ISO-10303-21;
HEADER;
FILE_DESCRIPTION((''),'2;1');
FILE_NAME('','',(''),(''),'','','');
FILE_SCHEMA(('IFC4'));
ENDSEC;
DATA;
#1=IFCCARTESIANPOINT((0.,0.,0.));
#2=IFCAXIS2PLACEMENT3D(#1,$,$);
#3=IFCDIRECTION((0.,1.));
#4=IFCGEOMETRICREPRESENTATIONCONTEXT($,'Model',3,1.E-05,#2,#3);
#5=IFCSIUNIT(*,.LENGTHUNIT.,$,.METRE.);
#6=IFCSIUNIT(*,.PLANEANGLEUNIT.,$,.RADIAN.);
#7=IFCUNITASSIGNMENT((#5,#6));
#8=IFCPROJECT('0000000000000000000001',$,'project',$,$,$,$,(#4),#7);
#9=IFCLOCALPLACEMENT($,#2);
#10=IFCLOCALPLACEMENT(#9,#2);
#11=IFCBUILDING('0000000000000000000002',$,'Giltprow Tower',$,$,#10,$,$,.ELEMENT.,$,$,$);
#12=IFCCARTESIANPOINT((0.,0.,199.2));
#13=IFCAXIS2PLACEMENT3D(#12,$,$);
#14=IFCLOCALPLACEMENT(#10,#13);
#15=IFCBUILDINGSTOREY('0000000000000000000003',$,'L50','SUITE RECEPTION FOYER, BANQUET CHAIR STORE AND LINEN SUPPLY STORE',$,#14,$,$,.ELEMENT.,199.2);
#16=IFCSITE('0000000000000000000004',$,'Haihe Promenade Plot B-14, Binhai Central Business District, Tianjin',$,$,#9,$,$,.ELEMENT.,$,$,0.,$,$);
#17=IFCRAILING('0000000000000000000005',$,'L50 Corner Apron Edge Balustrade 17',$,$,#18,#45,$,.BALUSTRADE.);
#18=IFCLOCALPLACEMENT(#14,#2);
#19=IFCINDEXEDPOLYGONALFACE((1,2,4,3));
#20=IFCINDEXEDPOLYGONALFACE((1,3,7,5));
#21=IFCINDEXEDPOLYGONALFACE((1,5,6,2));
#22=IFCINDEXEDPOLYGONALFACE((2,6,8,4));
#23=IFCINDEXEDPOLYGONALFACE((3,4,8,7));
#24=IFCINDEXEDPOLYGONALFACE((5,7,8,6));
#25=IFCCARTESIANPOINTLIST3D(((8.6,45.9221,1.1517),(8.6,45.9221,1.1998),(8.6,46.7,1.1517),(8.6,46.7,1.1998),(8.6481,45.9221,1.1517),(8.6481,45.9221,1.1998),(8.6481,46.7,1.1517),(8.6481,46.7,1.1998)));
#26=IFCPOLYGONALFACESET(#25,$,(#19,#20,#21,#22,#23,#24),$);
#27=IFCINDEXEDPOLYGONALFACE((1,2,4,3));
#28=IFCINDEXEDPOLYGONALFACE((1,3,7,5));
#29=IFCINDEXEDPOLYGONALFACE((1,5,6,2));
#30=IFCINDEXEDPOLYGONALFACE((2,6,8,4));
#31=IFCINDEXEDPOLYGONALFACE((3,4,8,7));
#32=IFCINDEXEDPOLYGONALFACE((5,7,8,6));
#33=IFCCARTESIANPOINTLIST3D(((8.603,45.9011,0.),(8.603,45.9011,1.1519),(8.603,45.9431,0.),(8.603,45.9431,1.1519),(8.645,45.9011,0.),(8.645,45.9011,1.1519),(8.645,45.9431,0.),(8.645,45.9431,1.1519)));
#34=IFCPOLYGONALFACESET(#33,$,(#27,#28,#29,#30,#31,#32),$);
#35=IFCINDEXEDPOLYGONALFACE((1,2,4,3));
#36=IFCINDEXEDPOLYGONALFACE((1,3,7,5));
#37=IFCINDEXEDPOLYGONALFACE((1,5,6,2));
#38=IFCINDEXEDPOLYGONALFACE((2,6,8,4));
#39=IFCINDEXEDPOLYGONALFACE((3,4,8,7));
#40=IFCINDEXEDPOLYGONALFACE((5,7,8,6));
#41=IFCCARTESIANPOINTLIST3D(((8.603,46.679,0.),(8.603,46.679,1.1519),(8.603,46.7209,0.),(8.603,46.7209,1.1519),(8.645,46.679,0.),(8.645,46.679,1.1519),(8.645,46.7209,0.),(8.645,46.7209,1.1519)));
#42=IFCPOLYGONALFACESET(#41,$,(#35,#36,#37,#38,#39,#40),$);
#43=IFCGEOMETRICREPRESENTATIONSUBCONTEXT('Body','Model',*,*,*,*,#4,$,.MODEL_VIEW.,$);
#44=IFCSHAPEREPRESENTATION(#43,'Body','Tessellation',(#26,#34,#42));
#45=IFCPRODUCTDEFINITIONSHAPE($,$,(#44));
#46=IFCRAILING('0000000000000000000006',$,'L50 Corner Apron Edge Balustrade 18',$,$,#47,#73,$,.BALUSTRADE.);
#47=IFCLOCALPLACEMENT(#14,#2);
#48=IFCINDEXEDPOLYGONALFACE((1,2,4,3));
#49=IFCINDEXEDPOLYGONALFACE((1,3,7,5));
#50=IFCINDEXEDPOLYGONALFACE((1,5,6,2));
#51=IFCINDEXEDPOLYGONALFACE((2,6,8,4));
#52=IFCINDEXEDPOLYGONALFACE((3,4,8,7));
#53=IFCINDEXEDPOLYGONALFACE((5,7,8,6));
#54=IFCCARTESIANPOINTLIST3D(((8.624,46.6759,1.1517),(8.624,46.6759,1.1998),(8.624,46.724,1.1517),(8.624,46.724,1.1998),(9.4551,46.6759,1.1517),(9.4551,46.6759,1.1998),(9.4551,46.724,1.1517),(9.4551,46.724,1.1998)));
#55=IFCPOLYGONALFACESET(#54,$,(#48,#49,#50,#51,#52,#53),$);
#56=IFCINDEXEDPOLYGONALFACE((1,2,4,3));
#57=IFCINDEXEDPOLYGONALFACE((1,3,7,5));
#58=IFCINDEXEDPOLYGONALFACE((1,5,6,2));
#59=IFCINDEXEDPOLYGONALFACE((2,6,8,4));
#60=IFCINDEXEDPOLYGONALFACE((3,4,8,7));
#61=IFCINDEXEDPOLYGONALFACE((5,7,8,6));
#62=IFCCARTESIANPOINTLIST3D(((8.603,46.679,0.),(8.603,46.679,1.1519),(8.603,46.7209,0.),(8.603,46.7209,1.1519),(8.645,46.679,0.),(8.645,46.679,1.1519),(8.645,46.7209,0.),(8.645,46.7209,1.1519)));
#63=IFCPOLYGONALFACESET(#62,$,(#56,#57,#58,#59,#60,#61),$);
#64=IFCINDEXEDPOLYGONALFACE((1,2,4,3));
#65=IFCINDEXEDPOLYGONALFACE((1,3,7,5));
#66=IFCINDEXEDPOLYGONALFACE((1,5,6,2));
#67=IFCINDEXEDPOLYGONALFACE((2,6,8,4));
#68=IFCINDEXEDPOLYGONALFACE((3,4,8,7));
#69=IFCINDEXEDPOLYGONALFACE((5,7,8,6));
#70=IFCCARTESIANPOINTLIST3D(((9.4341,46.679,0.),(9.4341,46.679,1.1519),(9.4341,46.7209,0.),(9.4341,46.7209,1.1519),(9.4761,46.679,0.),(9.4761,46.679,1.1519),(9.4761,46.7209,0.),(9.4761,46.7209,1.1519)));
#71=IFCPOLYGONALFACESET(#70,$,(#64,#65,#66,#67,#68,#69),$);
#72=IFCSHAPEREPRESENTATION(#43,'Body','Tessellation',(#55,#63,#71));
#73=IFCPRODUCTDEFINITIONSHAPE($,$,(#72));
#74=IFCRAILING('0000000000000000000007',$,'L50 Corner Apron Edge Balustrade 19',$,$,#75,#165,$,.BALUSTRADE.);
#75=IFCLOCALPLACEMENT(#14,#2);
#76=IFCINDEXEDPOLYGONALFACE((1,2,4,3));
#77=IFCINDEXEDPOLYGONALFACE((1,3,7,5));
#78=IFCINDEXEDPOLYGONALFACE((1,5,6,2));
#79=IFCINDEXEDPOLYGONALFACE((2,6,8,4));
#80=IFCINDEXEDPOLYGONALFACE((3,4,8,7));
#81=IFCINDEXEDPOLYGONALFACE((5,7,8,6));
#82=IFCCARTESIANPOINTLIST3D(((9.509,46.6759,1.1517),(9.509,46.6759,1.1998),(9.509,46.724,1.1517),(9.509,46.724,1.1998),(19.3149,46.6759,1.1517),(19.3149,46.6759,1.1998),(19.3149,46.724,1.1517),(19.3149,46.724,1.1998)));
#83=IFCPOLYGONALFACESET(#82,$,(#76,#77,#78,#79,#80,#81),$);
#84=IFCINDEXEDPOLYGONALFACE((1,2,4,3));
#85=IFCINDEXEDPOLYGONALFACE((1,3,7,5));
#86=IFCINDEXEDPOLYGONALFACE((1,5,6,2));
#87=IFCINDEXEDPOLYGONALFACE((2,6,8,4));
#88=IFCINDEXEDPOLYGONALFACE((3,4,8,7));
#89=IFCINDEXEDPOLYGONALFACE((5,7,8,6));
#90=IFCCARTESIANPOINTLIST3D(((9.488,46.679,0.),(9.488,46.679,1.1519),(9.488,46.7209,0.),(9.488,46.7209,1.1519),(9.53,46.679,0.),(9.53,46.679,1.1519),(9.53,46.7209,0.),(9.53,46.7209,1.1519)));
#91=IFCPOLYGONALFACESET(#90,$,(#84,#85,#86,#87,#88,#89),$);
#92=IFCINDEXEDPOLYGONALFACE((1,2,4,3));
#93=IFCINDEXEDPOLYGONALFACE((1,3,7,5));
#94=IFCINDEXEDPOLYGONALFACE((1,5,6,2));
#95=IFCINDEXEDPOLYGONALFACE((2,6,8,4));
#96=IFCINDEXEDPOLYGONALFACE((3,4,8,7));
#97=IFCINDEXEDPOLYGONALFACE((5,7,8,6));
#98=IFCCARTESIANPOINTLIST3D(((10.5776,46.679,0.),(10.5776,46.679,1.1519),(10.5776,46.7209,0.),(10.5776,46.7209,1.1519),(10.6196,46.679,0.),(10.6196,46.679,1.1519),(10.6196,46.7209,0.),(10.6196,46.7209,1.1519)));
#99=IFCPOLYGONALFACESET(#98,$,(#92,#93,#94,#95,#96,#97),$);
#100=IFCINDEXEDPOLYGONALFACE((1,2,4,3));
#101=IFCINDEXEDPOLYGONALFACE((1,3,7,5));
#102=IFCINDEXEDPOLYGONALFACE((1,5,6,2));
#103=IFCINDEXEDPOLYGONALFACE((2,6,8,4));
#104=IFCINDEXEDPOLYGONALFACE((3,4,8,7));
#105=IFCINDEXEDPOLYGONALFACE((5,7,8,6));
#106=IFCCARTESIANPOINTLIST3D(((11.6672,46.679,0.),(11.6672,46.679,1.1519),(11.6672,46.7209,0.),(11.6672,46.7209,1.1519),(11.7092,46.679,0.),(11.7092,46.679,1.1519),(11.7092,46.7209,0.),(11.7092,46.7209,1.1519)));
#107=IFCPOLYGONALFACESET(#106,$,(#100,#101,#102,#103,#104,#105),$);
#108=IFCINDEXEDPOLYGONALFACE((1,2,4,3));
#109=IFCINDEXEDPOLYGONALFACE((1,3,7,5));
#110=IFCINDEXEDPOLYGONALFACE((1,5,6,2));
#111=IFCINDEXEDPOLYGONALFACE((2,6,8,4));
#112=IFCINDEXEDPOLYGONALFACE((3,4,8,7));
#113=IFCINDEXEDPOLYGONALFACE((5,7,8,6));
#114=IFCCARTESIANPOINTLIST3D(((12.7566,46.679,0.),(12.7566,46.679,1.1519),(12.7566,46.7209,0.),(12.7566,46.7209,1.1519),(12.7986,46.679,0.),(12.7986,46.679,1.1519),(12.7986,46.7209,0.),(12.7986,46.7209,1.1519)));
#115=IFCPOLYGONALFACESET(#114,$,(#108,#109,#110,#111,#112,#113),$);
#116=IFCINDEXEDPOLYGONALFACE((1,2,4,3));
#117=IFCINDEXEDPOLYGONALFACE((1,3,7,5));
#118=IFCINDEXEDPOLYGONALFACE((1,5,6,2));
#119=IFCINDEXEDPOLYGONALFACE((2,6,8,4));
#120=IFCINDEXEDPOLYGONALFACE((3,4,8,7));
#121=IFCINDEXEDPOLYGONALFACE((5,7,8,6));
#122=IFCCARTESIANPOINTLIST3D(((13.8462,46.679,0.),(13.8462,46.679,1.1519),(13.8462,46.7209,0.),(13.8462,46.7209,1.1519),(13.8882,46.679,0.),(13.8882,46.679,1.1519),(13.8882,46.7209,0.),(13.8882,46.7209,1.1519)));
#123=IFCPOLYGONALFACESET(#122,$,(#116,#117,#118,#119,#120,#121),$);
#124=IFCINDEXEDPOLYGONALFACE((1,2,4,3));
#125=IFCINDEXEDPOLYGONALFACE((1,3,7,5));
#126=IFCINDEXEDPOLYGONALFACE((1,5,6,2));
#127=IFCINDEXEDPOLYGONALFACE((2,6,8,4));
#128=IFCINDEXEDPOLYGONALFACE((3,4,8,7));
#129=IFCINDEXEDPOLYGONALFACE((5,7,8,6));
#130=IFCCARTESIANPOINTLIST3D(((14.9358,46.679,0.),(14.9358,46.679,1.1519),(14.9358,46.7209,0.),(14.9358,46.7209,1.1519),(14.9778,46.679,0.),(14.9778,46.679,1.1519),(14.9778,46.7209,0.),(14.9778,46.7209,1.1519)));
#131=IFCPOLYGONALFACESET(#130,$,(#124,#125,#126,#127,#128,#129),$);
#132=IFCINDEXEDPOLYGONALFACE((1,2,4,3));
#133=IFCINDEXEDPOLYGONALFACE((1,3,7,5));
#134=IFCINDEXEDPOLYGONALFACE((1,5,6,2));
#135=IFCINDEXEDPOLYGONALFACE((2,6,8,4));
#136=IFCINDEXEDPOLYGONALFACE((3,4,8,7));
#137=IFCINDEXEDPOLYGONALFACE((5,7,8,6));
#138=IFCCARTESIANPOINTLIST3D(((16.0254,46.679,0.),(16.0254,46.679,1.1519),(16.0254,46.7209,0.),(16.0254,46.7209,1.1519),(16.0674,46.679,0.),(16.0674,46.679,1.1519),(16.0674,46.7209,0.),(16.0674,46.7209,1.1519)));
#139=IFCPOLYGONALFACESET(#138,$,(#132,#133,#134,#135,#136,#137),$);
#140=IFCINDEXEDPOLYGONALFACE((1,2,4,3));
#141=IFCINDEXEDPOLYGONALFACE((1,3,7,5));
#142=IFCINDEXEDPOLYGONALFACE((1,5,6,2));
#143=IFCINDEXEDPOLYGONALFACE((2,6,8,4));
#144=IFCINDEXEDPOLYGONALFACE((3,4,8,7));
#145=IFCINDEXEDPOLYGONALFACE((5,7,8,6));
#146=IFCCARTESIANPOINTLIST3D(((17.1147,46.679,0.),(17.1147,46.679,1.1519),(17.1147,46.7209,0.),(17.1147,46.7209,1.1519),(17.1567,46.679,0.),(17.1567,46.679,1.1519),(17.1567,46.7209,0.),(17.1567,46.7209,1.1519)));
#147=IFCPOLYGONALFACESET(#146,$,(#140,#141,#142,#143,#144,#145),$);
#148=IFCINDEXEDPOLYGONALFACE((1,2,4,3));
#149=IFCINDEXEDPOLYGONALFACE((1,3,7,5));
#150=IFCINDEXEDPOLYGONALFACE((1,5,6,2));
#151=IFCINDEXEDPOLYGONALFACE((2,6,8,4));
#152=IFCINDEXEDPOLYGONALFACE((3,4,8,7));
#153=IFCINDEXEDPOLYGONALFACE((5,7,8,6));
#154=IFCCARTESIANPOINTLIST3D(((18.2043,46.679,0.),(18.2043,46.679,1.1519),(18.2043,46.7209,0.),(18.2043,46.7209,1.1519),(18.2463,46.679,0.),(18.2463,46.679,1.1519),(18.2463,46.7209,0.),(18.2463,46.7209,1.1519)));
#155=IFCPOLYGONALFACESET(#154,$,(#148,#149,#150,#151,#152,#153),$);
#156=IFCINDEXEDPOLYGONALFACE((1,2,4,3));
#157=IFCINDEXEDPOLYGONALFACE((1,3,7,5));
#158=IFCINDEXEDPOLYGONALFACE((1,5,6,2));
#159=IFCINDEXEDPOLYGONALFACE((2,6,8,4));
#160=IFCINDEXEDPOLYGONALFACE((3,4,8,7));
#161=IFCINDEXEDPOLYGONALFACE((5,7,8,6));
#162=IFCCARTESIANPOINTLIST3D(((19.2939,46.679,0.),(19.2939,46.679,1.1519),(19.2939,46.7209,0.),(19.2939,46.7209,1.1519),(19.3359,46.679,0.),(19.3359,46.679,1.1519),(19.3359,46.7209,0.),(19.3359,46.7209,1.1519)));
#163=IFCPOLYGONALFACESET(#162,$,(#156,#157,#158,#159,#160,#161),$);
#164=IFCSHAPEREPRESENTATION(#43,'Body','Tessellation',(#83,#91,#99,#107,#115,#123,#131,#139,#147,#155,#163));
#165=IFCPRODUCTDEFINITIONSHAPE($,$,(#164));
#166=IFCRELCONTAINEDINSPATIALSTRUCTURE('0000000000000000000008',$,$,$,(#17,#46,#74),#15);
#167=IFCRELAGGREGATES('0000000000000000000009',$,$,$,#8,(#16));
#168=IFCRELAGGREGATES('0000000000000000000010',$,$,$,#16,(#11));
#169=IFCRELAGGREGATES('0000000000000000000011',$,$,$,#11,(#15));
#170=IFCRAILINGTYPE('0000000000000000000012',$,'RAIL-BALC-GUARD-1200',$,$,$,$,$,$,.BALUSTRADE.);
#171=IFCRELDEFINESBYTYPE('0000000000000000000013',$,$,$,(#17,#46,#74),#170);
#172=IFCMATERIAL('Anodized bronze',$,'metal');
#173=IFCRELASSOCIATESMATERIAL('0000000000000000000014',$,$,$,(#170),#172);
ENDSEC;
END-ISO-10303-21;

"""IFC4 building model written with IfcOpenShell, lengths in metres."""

from ifc_helpers import new_model, si_unit, direction, frame, origin, origin_2d, place, context, subcontext, project, spatial, rectangle, extrude, material, type_object, element, save


model = new_model("IFC4")

# Units and contexts
model_context = context("Model", 3, precision=1e-05, world=origin(), true_north=direction((0.0, 1.0)))
body_context = subcontext(model_context, "Body", "Model", "MODEL_VIEW")
ifc_project = project(units=[si_unit("LENGTHUNIT", "METRE"), si_unit("PLANEANGLEUNIT", "RADIAN")], contexts=[model_context])

# Site, building, storey
site_placement = place(None, origin())
site = spatial("IfcSite", under=ifc_project, at=site_placement, Name="Haihe Promenade Plot B-14, Binhai Central Business District, Tianjin", CompositionType="ELEMENT", RefElevation=0.0)
building_placement = place(site_placement, origin())
building = spatial("IfcBuilding", under=site, at=building_placement, Name="Giltprow Tower", CompositionType="ELEMENT")
storey_placement = place(building_placement, frame((0.0, 0.0, 199.2)))
storey = spatial("IfcBuildingStorey", under=building, at=storey_placement, Name="L50", Description="SUITE RECEPTION FOYER, BANQUET CHAIR STORE AND LINEN SUPPLY STORE", CompositionType="ELEMENT", Elevation=199.2)

# Railings
ifc_material_1 = material(Name="Anodized bronze", Category="metal")
railing_type = type_object("IfcRailingType", Name="RAIL-BALC-GUARD-1200", PredefinedType="BALUSTRADE", material=ifc_material_1)
railing_1_placement = place(storey_placement, frame((8.624, 45.9221, 0.0)))
element("IfcRailing", 1, at=railing_1_placement, inside=storey, type_object=railing_type, Name="L50 Corner Apron Edge Balustrade 17", PredefinedType="BALUSTRADE", context=body_context, shape_type="SweptSolid", body=[
    extrude(rectangle(XDim=0.0481, YDim=0.0481, at=origin_2d()), frame((0.0, 0.0, 1.1758), z_axis=(0.0, 1.0, 0.0), x_axis=(-1.0, 0.0, 0.0)), (0.0, 0.0, 1.0), 0.7778),
    extrude(rectangle(XDim=0.042, YDim=0.042, at=origin_2d()), origin(), (0.0, 0.0, 1.0), 1.1519),
    extrude(rectangle(XDim=0.042, YDim=0.042, at=origin_2d()), frame((0.0, 0.7778, 0.0)), (0.0, 0.0, 1.0), 1.1519),
])
railing_2_placement = place(storey_placement, frame((8.624, 46.7, 0.0)))
element("IfcRailing", 2, at=railing_2_placement, inside=storey, type_object=railing_type, Name="L50 Corner Apron Edge Balustrade 18", PredefinedType="BALUSTRADE", context=body_context, shape_type="SweptSolid", body=[
    extrude(rectangle(XDim=0.0481, YDim=0.0481, at=origin_2d()), frame((0.0, 0.0, 1.1758), z_axis=(1.0, 0.0, 0.0), x_axis=(0.0, 1.0, 0.0)), (0.0, 0.0, 1.0), 0.8311),
    extrude(rectangle(XDim=0.042, YDim=0.042, at=origin_2d()), origin(), (0.0, 0.0, 1.0), 1.1519),
    extrude(rectangle(XDim=0.042, YDim=0.042, at=origin_2d()), frame((0.8311, 0.0, 0.0)), (0.0, 0.0, 1.0), 1.1519),
])
railing_3_placement = place(storey_placement, frame((9.509, 46.7, 0.0)))
element("IfcRailing", 3, at=railing_3_placement, inside=storey, type_object=railing_type, Name="L50 Corner Apron Edge Balustrade 19", PredefinedType="BALUSTRADE", context=body_context, shape_type="SweptSolid", body=[
    extrude(rectangle(XDim=0.0481, YDim=0.0481, at=origin_2d()), frame((0.0, 0.0, 1.1758), z_axis=(1.0, 0.0, 0.0), x_axis=(0.0, 1.0, 0.0)), (0.0, 0.0, 1.0), 9.8059),
    extrude(rectangle(XDim=0.042, YDim=0.042, at=origin_2d()), origin(), (0.0, 0.0, 1.0), 1.1519),
    extrude(rectangle(XDim=0.042, YDim=0.042, at=origin_2d()), frame((1.0896, 0.0, 0.0)), (0.0, 0.0, 1.0), 1.1519),
    extrude(rectangle(XDim=0.042, YDim=0.042, at=origin_2d()), frame((2.1792, 0.0, 0.0)), (0.0, 0.0, 1.0), 1.1519),
    extrude(rectangle(XDim=0.042, YDim=0.042, at=origin_2d()), frame((3.2686, 0.0, 0.0)), (0.0, 0.0, 1.0), 1.1519),
    extrude(rectangle(XDim=0.042, YDim=0.042, at=origin_2d()), frame((4.3582, 0.0, 0.0)), (0.0, 0.0, 1.0), 1.1519),
    extrude(rectangle(XDim=0.042, YDim=0.042, at=origin_2d()), frame((5.4478, 0.0, 0.0)), (0.0, 0.0, 1.0), 1.1519),
    extrude(rectangle(XDim=0.042, YDim=0.042, at=origin_2d()), frame((6.5374, 0.0, 0.0)), (0.0, 0.0, 1.0), 1.1519),
    extrude(rectangle(XDim=0.042, YDim=0.042, at=origin_2d()), frame((7.6267, 0.0, 0.0)), (0.0, 0.0, 1.0), 1.1519),
    extrude(rectangle(XDim=0.042, YDim=0.042, at=origin_2d()), frame((8.7163, 0.0, 0.0)), (0.0, 0.0, 1.0), 1.1519),
    extrude(rectangle(XDim=0.042, YDim=0.042, at=origin_2d()), frame((9.8059, 0.0, 0.0)), (0.0, 0.0, 1.0), 1.1519),
])

save(model, "model.ifc")
